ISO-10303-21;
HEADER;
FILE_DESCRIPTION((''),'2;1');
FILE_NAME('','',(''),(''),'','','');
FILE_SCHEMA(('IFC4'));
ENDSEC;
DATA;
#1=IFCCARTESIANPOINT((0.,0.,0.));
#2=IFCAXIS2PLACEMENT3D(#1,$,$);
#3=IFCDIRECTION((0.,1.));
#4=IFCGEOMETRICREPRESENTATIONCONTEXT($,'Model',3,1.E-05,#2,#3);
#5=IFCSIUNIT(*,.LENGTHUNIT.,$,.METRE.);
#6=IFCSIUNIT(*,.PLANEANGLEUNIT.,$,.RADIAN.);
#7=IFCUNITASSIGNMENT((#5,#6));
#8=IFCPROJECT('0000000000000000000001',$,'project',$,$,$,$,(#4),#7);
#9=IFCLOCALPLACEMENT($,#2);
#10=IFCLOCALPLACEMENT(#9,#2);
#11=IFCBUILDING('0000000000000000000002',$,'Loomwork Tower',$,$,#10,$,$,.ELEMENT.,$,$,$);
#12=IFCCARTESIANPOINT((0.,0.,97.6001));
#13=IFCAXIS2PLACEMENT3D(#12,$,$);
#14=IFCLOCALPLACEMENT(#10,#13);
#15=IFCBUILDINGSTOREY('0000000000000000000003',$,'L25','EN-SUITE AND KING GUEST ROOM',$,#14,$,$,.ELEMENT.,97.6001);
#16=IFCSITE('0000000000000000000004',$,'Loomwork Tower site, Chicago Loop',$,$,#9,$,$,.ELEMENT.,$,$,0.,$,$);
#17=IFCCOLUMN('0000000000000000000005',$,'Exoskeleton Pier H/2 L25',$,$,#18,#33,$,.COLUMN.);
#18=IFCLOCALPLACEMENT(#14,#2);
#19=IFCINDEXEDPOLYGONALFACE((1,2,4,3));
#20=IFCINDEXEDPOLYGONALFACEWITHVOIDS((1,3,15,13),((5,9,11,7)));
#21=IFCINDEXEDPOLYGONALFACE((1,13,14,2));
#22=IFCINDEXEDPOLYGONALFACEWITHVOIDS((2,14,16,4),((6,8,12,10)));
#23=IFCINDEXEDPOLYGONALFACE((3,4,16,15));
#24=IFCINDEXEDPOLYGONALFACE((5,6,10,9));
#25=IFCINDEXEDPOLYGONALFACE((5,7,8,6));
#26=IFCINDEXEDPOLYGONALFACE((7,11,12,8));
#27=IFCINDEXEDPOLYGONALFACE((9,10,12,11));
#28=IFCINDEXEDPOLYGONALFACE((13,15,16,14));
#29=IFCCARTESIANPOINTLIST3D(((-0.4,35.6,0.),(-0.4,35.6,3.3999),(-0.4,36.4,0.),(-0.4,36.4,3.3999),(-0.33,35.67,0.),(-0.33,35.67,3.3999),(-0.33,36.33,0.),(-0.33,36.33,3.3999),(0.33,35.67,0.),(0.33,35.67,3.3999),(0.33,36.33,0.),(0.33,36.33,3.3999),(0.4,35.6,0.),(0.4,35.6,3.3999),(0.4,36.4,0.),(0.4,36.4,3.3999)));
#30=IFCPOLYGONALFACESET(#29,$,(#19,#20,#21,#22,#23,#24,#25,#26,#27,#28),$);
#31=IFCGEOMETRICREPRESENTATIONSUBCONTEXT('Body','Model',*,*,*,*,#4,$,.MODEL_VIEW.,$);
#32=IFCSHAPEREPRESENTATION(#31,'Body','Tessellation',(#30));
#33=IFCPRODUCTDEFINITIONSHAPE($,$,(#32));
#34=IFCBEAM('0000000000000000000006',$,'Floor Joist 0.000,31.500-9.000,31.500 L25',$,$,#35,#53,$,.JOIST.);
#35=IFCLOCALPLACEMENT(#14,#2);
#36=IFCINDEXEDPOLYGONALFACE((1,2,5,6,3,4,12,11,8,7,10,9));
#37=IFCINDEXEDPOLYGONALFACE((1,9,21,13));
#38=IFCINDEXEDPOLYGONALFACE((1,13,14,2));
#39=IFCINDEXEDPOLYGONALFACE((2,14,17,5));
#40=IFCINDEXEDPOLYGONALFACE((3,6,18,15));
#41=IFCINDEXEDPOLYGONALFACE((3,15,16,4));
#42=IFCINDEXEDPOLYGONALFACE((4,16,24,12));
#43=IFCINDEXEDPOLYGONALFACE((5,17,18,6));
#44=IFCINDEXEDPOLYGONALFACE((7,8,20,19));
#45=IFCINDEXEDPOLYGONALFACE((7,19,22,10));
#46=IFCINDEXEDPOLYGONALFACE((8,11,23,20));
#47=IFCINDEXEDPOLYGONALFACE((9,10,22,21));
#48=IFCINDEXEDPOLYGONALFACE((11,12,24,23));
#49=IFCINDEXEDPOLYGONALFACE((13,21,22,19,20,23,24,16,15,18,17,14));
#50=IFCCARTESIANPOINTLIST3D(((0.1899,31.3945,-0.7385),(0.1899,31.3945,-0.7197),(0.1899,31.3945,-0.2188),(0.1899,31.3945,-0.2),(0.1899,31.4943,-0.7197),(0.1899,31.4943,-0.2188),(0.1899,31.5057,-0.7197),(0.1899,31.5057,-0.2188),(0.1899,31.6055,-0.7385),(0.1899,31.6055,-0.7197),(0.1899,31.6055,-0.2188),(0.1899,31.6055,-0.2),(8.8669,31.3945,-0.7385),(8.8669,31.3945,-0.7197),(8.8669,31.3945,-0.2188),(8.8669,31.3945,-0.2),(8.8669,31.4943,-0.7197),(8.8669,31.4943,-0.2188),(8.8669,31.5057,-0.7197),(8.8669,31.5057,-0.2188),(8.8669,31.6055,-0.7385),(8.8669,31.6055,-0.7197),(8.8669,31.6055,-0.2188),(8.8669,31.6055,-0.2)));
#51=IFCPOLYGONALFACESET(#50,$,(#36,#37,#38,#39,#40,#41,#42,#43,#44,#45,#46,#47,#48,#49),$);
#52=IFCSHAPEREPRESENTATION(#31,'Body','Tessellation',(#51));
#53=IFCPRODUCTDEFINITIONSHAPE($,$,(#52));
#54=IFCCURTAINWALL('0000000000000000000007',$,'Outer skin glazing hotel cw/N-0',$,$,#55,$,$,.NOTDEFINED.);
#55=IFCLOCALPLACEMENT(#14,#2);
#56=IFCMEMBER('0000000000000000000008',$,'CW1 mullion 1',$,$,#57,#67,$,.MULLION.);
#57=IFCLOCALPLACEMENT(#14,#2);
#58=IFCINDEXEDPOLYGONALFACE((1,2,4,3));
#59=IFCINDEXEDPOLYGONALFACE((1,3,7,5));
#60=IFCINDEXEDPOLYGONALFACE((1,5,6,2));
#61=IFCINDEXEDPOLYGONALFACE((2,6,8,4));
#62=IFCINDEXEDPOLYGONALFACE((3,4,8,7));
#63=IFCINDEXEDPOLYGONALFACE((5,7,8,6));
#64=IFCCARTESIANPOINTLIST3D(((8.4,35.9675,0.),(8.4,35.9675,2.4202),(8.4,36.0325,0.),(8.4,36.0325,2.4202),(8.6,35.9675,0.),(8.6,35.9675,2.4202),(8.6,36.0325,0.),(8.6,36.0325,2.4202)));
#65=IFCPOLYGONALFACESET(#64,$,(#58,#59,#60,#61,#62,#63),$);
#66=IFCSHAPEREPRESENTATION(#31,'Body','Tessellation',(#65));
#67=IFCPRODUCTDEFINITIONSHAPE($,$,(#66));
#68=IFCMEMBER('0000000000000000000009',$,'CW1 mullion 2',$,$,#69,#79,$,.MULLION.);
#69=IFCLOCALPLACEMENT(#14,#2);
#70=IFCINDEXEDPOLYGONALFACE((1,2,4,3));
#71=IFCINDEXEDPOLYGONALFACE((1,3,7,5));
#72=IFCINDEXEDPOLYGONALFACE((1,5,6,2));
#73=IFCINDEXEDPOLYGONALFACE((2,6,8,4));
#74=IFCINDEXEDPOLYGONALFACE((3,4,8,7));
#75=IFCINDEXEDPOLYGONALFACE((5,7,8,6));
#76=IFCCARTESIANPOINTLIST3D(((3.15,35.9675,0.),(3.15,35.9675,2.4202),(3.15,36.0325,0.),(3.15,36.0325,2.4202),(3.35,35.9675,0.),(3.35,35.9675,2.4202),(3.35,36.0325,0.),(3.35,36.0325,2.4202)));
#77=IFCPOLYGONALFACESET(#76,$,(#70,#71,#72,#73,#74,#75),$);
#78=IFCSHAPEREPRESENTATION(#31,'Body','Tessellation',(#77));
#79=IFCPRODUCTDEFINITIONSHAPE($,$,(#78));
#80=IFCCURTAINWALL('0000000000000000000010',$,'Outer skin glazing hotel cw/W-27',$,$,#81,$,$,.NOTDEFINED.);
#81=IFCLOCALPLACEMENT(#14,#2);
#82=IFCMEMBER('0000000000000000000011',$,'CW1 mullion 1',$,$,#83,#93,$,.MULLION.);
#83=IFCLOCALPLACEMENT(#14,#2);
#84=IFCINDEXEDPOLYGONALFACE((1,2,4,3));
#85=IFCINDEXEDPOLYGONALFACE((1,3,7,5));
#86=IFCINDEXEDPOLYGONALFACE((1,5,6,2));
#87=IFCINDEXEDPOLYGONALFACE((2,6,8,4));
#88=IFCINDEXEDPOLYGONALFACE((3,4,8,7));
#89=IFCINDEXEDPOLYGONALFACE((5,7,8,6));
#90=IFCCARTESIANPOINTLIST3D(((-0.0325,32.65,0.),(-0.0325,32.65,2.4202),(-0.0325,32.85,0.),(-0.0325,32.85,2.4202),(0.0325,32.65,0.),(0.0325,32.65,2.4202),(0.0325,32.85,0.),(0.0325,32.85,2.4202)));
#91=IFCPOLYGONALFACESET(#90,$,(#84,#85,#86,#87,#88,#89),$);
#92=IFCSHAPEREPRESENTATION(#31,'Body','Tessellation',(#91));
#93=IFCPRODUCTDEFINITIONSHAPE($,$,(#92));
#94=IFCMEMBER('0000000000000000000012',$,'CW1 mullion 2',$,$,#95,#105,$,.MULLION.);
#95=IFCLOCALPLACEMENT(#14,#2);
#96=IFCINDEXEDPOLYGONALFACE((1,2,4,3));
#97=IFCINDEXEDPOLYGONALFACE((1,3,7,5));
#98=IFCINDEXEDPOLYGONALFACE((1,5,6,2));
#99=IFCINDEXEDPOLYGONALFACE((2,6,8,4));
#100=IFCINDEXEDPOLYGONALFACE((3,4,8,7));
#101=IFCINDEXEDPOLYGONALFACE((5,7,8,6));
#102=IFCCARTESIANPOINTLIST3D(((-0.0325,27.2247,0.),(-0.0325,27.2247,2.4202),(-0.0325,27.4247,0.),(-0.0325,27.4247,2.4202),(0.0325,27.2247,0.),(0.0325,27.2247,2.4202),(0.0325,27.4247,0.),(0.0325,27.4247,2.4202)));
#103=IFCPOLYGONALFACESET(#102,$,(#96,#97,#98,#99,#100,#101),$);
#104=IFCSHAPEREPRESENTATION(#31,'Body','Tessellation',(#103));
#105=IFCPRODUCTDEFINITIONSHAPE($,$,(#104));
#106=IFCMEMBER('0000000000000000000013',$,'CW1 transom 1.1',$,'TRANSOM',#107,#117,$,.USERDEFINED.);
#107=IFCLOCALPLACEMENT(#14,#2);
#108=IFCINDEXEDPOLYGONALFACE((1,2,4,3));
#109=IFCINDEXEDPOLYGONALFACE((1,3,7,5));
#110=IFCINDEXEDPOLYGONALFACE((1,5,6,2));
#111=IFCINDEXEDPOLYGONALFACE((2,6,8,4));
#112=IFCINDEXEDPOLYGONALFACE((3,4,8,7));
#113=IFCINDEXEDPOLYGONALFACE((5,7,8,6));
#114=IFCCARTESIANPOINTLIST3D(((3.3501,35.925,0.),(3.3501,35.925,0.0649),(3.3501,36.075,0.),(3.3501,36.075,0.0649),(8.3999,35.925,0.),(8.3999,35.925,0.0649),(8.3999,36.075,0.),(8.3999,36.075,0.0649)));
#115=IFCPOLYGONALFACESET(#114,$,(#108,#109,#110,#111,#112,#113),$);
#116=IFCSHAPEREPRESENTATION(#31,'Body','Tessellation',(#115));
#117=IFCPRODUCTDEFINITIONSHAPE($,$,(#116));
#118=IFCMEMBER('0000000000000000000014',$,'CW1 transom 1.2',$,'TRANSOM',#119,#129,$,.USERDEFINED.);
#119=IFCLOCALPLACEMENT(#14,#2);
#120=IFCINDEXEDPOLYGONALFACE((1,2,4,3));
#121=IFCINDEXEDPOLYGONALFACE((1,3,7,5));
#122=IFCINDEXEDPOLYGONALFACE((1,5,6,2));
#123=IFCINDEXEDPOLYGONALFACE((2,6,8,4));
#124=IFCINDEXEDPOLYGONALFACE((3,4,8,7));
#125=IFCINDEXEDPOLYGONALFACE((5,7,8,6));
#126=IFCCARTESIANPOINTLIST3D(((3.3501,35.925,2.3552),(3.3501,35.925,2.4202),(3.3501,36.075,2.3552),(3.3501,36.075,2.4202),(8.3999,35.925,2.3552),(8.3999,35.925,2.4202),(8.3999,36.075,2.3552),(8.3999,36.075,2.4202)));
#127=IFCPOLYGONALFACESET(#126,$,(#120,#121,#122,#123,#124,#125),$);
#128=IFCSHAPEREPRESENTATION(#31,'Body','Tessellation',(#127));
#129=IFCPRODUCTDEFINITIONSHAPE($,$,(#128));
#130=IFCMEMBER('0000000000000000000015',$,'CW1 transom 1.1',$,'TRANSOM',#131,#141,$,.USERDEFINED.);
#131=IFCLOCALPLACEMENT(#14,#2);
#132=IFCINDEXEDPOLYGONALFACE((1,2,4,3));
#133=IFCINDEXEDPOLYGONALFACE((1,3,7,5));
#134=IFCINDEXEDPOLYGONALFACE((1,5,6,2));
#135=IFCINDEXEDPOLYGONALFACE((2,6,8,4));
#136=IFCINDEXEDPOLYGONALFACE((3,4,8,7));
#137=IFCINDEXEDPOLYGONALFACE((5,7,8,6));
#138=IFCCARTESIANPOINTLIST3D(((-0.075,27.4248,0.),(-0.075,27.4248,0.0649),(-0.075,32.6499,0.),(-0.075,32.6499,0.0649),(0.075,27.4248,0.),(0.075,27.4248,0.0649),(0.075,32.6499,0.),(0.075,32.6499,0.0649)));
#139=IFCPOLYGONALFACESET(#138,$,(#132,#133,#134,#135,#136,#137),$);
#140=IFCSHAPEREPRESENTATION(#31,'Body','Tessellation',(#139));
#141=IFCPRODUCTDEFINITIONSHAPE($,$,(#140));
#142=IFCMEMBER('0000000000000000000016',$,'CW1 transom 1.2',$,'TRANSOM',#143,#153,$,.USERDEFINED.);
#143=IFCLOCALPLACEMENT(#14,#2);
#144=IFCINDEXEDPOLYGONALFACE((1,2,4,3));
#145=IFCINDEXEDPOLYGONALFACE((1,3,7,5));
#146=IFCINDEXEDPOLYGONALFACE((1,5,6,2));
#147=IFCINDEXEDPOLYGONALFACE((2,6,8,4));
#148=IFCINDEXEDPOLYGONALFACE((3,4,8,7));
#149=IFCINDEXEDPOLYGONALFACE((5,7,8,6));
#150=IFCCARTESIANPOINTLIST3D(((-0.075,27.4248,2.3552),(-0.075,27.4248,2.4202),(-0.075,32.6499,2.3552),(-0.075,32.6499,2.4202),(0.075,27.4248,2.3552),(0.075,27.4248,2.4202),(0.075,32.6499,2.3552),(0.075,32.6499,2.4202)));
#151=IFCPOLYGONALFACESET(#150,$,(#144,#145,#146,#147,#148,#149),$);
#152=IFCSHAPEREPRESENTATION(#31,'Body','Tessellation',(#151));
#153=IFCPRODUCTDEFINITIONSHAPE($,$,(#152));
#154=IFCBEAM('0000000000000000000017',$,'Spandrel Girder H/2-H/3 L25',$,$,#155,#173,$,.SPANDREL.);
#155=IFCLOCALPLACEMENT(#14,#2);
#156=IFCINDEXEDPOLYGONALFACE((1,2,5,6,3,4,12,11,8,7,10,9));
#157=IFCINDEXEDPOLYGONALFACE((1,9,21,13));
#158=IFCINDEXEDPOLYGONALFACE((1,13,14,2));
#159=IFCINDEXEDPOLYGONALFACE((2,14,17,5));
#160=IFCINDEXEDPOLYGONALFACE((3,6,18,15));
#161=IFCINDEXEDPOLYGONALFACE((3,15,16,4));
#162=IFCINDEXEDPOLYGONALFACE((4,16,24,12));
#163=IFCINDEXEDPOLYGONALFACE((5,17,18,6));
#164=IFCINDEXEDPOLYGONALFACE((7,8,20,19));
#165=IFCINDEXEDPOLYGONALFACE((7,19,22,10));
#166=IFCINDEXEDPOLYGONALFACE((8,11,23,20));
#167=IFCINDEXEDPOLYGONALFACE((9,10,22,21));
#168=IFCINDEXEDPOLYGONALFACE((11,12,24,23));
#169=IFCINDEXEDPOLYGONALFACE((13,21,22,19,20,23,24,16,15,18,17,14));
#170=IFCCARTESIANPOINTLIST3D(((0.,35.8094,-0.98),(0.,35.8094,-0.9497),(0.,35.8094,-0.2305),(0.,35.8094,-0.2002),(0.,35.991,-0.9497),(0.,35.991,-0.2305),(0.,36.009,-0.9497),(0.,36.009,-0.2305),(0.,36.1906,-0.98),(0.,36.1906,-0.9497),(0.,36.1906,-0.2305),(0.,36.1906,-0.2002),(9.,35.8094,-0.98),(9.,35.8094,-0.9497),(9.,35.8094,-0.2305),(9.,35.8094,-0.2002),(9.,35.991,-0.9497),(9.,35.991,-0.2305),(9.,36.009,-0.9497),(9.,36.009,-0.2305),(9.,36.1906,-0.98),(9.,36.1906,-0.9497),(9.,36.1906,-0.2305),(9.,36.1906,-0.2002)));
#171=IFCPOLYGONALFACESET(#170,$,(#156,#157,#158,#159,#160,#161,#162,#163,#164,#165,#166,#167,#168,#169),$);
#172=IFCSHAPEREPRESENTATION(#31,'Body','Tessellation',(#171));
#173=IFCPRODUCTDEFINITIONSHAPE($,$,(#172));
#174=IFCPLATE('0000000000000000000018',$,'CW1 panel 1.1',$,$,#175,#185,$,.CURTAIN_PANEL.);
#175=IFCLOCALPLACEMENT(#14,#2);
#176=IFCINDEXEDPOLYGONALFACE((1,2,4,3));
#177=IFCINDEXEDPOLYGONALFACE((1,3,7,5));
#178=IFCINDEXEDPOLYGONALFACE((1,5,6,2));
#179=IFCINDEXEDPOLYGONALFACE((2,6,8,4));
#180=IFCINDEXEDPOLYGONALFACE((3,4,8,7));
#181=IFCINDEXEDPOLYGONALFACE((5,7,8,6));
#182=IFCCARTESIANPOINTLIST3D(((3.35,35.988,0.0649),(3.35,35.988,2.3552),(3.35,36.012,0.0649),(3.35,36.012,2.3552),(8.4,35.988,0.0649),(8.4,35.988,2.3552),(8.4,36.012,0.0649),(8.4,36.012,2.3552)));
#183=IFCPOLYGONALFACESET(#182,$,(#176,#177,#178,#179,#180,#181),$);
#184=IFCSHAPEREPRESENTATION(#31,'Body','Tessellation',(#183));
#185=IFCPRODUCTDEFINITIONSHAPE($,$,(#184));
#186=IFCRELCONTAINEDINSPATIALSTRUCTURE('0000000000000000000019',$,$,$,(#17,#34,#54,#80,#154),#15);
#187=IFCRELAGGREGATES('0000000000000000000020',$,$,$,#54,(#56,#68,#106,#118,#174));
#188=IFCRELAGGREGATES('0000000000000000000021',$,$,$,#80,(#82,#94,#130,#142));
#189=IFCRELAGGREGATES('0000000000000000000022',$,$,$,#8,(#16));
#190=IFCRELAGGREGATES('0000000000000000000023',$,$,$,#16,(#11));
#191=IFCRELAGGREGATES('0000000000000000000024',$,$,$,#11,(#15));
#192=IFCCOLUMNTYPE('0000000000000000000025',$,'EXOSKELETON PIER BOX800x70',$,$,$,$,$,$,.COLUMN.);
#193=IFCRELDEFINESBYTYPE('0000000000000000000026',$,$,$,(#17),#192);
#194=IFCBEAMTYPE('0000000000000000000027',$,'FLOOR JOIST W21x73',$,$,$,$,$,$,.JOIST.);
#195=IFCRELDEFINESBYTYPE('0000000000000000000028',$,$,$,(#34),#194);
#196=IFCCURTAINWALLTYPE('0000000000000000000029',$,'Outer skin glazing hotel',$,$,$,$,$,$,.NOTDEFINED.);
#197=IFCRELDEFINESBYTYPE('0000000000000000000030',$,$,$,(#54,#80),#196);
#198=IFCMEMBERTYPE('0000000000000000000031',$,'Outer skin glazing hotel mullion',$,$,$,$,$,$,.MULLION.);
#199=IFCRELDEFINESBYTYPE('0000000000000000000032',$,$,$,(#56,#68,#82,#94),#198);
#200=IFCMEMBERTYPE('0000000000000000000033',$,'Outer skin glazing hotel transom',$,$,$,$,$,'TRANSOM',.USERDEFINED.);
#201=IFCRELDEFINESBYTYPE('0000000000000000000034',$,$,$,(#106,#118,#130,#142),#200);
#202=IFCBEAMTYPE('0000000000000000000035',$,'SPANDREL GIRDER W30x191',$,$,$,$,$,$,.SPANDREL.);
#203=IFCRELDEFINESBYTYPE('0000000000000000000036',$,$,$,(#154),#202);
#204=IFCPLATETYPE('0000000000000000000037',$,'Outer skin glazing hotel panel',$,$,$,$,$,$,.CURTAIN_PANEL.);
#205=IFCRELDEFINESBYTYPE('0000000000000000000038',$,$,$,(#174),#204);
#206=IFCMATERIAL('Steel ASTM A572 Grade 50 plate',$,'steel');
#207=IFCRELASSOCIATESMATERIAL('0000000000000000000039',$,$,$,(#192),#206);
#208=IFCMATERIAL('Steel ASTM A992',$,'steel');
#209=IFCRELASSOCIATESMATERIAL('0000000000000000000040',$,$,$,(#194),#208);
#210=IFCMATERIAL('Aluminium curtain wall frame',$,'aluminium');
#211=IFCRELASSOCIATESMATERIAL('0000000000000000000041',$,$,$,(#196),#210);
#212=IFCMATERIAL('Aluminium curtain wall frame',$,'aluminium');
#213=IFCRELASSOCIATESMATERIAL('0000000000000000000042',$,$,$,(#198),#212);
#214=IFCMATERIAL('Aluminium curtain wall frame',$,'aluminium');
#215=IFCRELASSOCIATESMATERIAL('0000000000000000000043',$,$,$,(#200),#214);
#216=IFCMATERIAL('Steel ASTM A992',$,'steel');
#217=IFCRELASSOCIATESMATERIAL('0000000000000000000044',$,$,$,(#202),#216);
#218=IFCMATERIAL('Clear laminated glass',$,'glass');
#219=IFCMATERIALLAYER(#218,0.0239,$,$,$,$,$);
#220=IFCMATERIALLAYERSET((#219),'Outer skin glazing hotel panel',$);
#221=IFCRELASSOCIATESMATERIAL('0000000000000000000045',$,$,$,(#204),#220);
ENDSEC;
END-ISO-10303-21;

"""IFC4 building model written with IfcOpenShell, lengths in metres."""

from ifc_helpers import new_model, si_unit, direction, frame, origin, origin_2d, place, context, subcontext, project, spatial, rectangle, hollow_rectangle, i_section, extrude, material, layer, layer_set, material_profile, profile_set, type_object, element, aggregate, save


model = new_model("IFC4")

# Units and contexts
model_context = context("Model", 3, precision=1e-05, world=origin(), true_north=direction((0.0, 1.0)))
body_context = subcontext(model_context, "Body", "Model", "MODEL_VIEW")
ifc_project = project(units=[si_unit("LENGTHUNIT", "METRE"), si_unit("PLANEANGLEUNIT", "RADIAN")], contexts=[model_context])

# Site, building, storey
site_placement = place(None, origin())
site = spatial("IfcSite", under=ifc_project, at=site_placement, Name="Loomwork Tower site, Chicago Loop", CompositionType="ELEMENT", RefElevation=0.0)
building_placement = place(site_placement, origin())
building = spatial("IfcBuilding", under=site, at=building_placement, Name="Loomwork Tower", CompositionType="ELEMENT")
storey_placement = place(building_placement, frame((0.0, 0.0, 97.6001)))
storey = spatial("IfcBuildingStorey", under=building, at=storey_placement, Name="L25", Description="EN-SUITE AND KING GUEST ROOM", CompositionType="ELEMENT", Elevation=97.6001)

# Column
ifc_material_1 = material(Name="Steel ASTM A572 Grade 50 plate", Category="steel")
ifc_material_profile_1 = material_profile(ifc_material_1, hollow_rectangle(XDim=0.8, YDim=0.8, WallThickness=0.0701, at=origin_2d()), Name="BOX800x70")
ifc_profile_set_1 = profile_set([ifc_material_profile_1], Name="Steel ASTM A572 Grade 50 plate")
column_type = type_object("IfcColumnType", Name="EXOSKELETON PIER BOX800x70", PredefinedType="COLUMN", material=ifc_profile_set_1)
column_placement = place(storey_placement, frame((0.0, 36.0, 0.0), z_axis=(0.0, 0.0, 1.0), x_axis=(1.0, 0.0, 0.0)))
element("IfcColumn", 1, at=column_placement, inside=storey, type_object=column_type, Name="Exoskeleton Pier H/2 L25", PredefinedType="COLUMN", context=body_context, shape_type="SweptSolid", body=[
    extrude(hollow_rectangle(XDim=0.8, YDim=0.8, WallThickness=0.0701, at=origin_2d()), origin(), (0.0, 0.0, 1.0), 3.3999),
])

# Beam
ifc_material_2 = material(Name="Steel ASTM A992", Category="steel")
ifc_material_profile_2 = material_profile(ifc_material_2, i_section(OverallWidth=0.2109, OverallDepth=0.5386, WebThickness=0.0115, FlangeThickness=0.0188, at=origin_2d()), Name="W21x73")
ifc_profile_set_2 = profile_set([ifc_material_profile_2], Name="Steel ASTM A992")
beam_type_1 = type_object("IfcBeamType", Name="FLOOR JOIST W21x73", PredefinedType="JOIST", material=ifc_profile_set_2)
beam_1_placement = place(storey_placement, frame((0.1899, 31.5, -0.4692), z_axis=(1.0, 0.0, 0.0), x_axis=(0.0, 1.0, 0.0)))
element("IfcBeam", 2, at=beam_1_placement, inside=storey, type_object=beam_type_1, Name="Floor Joist 0.000,31.500-9.000,31.500 L25", PredefinedType="JOIST", context=body_context, shape_type="SweptSolid", body=[
    extrude(i_section(OverallWidth=0.2109, OverallDepth=0.5386, WebThickness=0.0115, FlangeThickness=0.0188, at=origin_2d()), origin(), (0.0, 0.0, 1.0), 8.677),
])

# Curtain walls, members
ifc_material_3 = material(Name="Aluminium curtain wall frame", Category="aluminium")
curtain_wall_type = type_object("IfcCurtainWallType", Name="Outer skin glazing hotel", PredefinedType="NOTDEFINED", material=ifc_material_3)
curtain_wall_1_placement = place(storey_placement, origin())
curtain_wall_1 = element("IfcCurtainWall", 3, at=curtain_wall_1_placement, inside=storey, type_object=curtain_wall_type, Name="Outer skin glazing hotel cw/N-0", PredefinedType="NOTDEFINED")
ifc_material_4 = material(Name="Aluminium curtain wall frame", Category="aluminium")
ifc_material_profile_3 = material_profile(ifc_material_4, rectangle(XDim=0.0649, YDim=0.2, at=origin_2d()), Name="AL 65x200")
ifc_profile_set_3 = profile_set([ifc_material_profile_3], Name="Aluminium curtain wall frame")
member_type_1 = type_object("IfcMemberType", Name="Outer skin glazing hotel mullion", PredefinedType="MULLION", material=ifc_profile_set_3)
member_1_placement = place(storey_placement, frame((8.5, 36.0, 0.0), z_axis=(0.0, 0.0, 1.0), x_axis=(0.0, -1.0, 0.0)))
member_1 = element("IfcMember", 4, at=member_1_placement, type_object=member_type_1, Name="CW1 mullion 1", PredefinedType="MULLION", context=body_context, shape_type="SweptSolid", body=[
    extrude(rectangle(XDim=0.0649, YDim=0.2, at=origin_2d()), origin(), (0.0, 0.0, 1.0), 2.4202),
])
member_2_placement = place(storey_placement, frame((3.25, 36.0, 0.0), z_axis=(0.0, 0.0, 1.0), x_axis=(0.0, -1.0, 0.0)))
member_2 = element("IfcMember", 5, at=member_2_placement, type_object=member_type_1, Name="CW1 mullion 2", PredefinedType="MULLION", context=body_context, shape_type="SweptSolid", body=[
    extrude(rectangle(XDim=0.0649, YDim=0.2, at=origin_2d()), origin(), (0.0, 0.0, 1.0), 2.4202),
])
curtain_wall_2_placement = place(storey_placement, origin())
curtain_wall_2 = element("IfcCurtainWall", 6, at=curtain_wall_2_placement, inside=storey, type_object=curtain_wall_type, Name="Outer skin glazing hotel cw/W-27", PredefinedType="NOTDEFINED")
member_3_placement = place(storey_placement, frame((0.0, 32.75, 0.0), z_axis=(0.0, 0.0, 1.0), x_axis=(1.0, 0.0, 0.0)))
member_3 = element("IfcMember", 7, at=member_3_placement, type_object=member_type_1, Name="CW1 mullion 1", PredefinedType="MULLION", context=body_context, shape_type="SweptSolid", body=[
    extrude(rectangle(XDim=0.0649, YDim=0.2, at=origin_2d()), origin(), (0.0, 0.0, 1.0), 2.4202),
])
member_4_placement = place(storey_placement, frame((0.0, 27.3247, 0.0), z_axis=(0.0, 0.0, 1.0), x_axis=(1.0, 0.0, 0.0)))
member_4 = element("IfcMember", 8, at=member_4_placement, type_object=member_type_1, Name="CW1 mullion 2", PredefinedType="MULLION", context=body_context, shape_type="SweptSolid", body=[
    extrude(rectangle(XDim=0.0649, YDim=0.2, at=origin_2d()), origin(), (0.0, 0.0, 1.0), 2.4202),
])

# Members
ifc_material_5 = material(Name="Aluminium curtain wall frame", Category="aluminium")
ifc_material_profile_4 = material_profile(ifc_material_5, rectangle(XDim=0.1499, YDim=0.0649, at=origin_2d()), Name="AL 65x150")
ifc_profile_set_4 = profile_set([ifc_material_profile_4], Name="Aluminium curtain wall frame")
member_type_2 = type_object("IfcMemberType", Name="Outer skin glazing hotel transom", ElementType="TRANSOM", PredefinedType="USERDEFINED", material=ifc_profile_set_4)
member_5_placement = place(storey_placement, frame((8.3999, 36.0, 0.0325), z_axis=(-1.0, 0.0, 0.0), x_axis=(0.0, -1.0, 0.0)))
member_5 = element("IfcMember", 9, at=member_5_placement, type_object=member_type_2, Name="CW1 transom 1.1", ObjectType="TRANSOM", PredefinedType="USERDEFINED", context=body_context, shape_type="SweptSolid", body=[
    extrude(rectangle(XDim=0.1499, YDim=0.0649, at=origin_2d()), origin(), (0.0, 0.0, 1.0), 5.0498),
])
member_6_placement = place(storey_placement, frame((8.3999, 36.0, 2.3877), z_axis=(-1.0, 0.0, 0.0), x_axis=(0.0, -1.0, 0.0)))
member_6 = element("IfcMember", 10, at=member_6_placement, type_object=member_type_2, Name="CW1 transom 1.2", ObjectType="TRANSOM", PredefinedType="USERDEFINED", context=body_context, shape_type="SweptSolid", body=[
    extrude(rectangle(XDim=0.1499, YDim=0.0649, at=origin_2d()), origin(), (0.0, 0.0, 1.0), 5.0498),
])
member_7_placement = place(storey_placement, frame((0.0, 32.6499, 0.0325), z_axis=(0.0, -1.0, 0.0), x_axis=(1.0, 0.0, 0.0)))
member_7 = element("IfcMember", 11, at=member_7_placement, type_object=member_type_2, Name="CW1 transom 1.1", ObjectType="TRANSOM", PredefinedType="USERDEFINED", context=body_context, shape_type="SweptSolid", body=[
    extrude(rectangle(XDim=0.1499, YDim=0.0649, at=origin_2d()), origin(), (0.0, 0.0, 1.0), 5.2251),
])
member_8_placement = place(storey_placement, frame((0.0, 32.6499, 2.3877), z_axis=(0.0, -1.0, 0.0), x_axis=(1.0, 0.0, 0.0)))
member_8 = element("IfcMember", 12, at=member_8_placement, type_object=member_type_2, Name="CW1 transom 1.2", ObjectType="TRANSOM", PredefinedType="USERDEFINED", context=body_context, shape_type="SweptSolid", body=[
    extrude(rectangle(XDim=0.1499, YDim=0.0649, at=origin_2d()), origin(), (0.0, 0.0, 1.0), 5.2251),
])

# Beam
ifc_material_6 = material(Name="Steel ASTM A992", Category="steel")
ifc_material_profile_5 = material_profile(ifc_material_6, i_section(OverallWidth=0.3811, OverallDepth=0.7798, WebThickness=0.0181, FlangeThickness=0.0303, at=origin_2d()), Name="W30x191")
ifc_profile_set_5 = profile_set([ifc_material_profile_5], Name="Steel ASTM A992")
beam_type_2 = type_object("IfcBeamType", Name="SPANDREL GIRDER W30x191", PredefinedType="SPANDREL", material=ifc_profile_set_5)
beam_2_placement = place(storey_placement, frame((0.0, 36.0, -0.5901), z_axis=(1.0, 0.0, 0.0), x_axis=(0.0, 1.0, 0.0)))
element("IfcBeam", 13, at=beam_2_placement, inside=storey, type_object=beam_type_2, Name="Spandrel Girder H/2-H/3 L25", PredefinedType="SPANDREL", context=body_context, shape_type="SweptSolid", body=[
    extrude(i_section(OverallWidth=0.3811, OverallDepth=0.7798, WebThickness=0.0181, FlangeThickness=0.0303, at=origin_2d()), origin(), (0.0, 0.0, 1.0), 9.0),
])

# Plate
ifc_material_7 = material(Name="Clear laminated glass", Category="glass")
ifc_layer_1 = layer(ifc_material_7, 0.0239)
ifc_layer_set_1 = layer_set([ifc_layer_1], Name="Outer skin glazing hotel panel")
plate_type = type_object("IfcPlateType", Name="Outer skin glazing hotel panel", PredefinedType="CURTAIN_PANEL", material=ifc_layer_set_1)
plate_1_placement = place(storey_placement, frame((5.875, 36.0, 0.0649), z_axis=(0.0, 0.0, 1.0), x_axis=(-1.0, 0.0, 0.0)))
plate_1 = element("IfcPlate", 14, at=plate_1_placement, type_object=plate_type, Name="CW1 panel 1.1", PredefinedType="CURTAIN_PANEL", context=body_context, shape_type="SweptSolid", body=[
    extrude(rectangle(XDim=5.05, YDim=0.0239, at=origin_2d()), origin(), (0.0, 0.0, 1.0), 2.2903),
])
aggregate(curtain_wall_1, [member_1, member_2, member_5, member_6, plate_1])
aggregate(curtain_wall_2, [member_3, member_4, member_7, member_8])

save(model, "model.ifc")
